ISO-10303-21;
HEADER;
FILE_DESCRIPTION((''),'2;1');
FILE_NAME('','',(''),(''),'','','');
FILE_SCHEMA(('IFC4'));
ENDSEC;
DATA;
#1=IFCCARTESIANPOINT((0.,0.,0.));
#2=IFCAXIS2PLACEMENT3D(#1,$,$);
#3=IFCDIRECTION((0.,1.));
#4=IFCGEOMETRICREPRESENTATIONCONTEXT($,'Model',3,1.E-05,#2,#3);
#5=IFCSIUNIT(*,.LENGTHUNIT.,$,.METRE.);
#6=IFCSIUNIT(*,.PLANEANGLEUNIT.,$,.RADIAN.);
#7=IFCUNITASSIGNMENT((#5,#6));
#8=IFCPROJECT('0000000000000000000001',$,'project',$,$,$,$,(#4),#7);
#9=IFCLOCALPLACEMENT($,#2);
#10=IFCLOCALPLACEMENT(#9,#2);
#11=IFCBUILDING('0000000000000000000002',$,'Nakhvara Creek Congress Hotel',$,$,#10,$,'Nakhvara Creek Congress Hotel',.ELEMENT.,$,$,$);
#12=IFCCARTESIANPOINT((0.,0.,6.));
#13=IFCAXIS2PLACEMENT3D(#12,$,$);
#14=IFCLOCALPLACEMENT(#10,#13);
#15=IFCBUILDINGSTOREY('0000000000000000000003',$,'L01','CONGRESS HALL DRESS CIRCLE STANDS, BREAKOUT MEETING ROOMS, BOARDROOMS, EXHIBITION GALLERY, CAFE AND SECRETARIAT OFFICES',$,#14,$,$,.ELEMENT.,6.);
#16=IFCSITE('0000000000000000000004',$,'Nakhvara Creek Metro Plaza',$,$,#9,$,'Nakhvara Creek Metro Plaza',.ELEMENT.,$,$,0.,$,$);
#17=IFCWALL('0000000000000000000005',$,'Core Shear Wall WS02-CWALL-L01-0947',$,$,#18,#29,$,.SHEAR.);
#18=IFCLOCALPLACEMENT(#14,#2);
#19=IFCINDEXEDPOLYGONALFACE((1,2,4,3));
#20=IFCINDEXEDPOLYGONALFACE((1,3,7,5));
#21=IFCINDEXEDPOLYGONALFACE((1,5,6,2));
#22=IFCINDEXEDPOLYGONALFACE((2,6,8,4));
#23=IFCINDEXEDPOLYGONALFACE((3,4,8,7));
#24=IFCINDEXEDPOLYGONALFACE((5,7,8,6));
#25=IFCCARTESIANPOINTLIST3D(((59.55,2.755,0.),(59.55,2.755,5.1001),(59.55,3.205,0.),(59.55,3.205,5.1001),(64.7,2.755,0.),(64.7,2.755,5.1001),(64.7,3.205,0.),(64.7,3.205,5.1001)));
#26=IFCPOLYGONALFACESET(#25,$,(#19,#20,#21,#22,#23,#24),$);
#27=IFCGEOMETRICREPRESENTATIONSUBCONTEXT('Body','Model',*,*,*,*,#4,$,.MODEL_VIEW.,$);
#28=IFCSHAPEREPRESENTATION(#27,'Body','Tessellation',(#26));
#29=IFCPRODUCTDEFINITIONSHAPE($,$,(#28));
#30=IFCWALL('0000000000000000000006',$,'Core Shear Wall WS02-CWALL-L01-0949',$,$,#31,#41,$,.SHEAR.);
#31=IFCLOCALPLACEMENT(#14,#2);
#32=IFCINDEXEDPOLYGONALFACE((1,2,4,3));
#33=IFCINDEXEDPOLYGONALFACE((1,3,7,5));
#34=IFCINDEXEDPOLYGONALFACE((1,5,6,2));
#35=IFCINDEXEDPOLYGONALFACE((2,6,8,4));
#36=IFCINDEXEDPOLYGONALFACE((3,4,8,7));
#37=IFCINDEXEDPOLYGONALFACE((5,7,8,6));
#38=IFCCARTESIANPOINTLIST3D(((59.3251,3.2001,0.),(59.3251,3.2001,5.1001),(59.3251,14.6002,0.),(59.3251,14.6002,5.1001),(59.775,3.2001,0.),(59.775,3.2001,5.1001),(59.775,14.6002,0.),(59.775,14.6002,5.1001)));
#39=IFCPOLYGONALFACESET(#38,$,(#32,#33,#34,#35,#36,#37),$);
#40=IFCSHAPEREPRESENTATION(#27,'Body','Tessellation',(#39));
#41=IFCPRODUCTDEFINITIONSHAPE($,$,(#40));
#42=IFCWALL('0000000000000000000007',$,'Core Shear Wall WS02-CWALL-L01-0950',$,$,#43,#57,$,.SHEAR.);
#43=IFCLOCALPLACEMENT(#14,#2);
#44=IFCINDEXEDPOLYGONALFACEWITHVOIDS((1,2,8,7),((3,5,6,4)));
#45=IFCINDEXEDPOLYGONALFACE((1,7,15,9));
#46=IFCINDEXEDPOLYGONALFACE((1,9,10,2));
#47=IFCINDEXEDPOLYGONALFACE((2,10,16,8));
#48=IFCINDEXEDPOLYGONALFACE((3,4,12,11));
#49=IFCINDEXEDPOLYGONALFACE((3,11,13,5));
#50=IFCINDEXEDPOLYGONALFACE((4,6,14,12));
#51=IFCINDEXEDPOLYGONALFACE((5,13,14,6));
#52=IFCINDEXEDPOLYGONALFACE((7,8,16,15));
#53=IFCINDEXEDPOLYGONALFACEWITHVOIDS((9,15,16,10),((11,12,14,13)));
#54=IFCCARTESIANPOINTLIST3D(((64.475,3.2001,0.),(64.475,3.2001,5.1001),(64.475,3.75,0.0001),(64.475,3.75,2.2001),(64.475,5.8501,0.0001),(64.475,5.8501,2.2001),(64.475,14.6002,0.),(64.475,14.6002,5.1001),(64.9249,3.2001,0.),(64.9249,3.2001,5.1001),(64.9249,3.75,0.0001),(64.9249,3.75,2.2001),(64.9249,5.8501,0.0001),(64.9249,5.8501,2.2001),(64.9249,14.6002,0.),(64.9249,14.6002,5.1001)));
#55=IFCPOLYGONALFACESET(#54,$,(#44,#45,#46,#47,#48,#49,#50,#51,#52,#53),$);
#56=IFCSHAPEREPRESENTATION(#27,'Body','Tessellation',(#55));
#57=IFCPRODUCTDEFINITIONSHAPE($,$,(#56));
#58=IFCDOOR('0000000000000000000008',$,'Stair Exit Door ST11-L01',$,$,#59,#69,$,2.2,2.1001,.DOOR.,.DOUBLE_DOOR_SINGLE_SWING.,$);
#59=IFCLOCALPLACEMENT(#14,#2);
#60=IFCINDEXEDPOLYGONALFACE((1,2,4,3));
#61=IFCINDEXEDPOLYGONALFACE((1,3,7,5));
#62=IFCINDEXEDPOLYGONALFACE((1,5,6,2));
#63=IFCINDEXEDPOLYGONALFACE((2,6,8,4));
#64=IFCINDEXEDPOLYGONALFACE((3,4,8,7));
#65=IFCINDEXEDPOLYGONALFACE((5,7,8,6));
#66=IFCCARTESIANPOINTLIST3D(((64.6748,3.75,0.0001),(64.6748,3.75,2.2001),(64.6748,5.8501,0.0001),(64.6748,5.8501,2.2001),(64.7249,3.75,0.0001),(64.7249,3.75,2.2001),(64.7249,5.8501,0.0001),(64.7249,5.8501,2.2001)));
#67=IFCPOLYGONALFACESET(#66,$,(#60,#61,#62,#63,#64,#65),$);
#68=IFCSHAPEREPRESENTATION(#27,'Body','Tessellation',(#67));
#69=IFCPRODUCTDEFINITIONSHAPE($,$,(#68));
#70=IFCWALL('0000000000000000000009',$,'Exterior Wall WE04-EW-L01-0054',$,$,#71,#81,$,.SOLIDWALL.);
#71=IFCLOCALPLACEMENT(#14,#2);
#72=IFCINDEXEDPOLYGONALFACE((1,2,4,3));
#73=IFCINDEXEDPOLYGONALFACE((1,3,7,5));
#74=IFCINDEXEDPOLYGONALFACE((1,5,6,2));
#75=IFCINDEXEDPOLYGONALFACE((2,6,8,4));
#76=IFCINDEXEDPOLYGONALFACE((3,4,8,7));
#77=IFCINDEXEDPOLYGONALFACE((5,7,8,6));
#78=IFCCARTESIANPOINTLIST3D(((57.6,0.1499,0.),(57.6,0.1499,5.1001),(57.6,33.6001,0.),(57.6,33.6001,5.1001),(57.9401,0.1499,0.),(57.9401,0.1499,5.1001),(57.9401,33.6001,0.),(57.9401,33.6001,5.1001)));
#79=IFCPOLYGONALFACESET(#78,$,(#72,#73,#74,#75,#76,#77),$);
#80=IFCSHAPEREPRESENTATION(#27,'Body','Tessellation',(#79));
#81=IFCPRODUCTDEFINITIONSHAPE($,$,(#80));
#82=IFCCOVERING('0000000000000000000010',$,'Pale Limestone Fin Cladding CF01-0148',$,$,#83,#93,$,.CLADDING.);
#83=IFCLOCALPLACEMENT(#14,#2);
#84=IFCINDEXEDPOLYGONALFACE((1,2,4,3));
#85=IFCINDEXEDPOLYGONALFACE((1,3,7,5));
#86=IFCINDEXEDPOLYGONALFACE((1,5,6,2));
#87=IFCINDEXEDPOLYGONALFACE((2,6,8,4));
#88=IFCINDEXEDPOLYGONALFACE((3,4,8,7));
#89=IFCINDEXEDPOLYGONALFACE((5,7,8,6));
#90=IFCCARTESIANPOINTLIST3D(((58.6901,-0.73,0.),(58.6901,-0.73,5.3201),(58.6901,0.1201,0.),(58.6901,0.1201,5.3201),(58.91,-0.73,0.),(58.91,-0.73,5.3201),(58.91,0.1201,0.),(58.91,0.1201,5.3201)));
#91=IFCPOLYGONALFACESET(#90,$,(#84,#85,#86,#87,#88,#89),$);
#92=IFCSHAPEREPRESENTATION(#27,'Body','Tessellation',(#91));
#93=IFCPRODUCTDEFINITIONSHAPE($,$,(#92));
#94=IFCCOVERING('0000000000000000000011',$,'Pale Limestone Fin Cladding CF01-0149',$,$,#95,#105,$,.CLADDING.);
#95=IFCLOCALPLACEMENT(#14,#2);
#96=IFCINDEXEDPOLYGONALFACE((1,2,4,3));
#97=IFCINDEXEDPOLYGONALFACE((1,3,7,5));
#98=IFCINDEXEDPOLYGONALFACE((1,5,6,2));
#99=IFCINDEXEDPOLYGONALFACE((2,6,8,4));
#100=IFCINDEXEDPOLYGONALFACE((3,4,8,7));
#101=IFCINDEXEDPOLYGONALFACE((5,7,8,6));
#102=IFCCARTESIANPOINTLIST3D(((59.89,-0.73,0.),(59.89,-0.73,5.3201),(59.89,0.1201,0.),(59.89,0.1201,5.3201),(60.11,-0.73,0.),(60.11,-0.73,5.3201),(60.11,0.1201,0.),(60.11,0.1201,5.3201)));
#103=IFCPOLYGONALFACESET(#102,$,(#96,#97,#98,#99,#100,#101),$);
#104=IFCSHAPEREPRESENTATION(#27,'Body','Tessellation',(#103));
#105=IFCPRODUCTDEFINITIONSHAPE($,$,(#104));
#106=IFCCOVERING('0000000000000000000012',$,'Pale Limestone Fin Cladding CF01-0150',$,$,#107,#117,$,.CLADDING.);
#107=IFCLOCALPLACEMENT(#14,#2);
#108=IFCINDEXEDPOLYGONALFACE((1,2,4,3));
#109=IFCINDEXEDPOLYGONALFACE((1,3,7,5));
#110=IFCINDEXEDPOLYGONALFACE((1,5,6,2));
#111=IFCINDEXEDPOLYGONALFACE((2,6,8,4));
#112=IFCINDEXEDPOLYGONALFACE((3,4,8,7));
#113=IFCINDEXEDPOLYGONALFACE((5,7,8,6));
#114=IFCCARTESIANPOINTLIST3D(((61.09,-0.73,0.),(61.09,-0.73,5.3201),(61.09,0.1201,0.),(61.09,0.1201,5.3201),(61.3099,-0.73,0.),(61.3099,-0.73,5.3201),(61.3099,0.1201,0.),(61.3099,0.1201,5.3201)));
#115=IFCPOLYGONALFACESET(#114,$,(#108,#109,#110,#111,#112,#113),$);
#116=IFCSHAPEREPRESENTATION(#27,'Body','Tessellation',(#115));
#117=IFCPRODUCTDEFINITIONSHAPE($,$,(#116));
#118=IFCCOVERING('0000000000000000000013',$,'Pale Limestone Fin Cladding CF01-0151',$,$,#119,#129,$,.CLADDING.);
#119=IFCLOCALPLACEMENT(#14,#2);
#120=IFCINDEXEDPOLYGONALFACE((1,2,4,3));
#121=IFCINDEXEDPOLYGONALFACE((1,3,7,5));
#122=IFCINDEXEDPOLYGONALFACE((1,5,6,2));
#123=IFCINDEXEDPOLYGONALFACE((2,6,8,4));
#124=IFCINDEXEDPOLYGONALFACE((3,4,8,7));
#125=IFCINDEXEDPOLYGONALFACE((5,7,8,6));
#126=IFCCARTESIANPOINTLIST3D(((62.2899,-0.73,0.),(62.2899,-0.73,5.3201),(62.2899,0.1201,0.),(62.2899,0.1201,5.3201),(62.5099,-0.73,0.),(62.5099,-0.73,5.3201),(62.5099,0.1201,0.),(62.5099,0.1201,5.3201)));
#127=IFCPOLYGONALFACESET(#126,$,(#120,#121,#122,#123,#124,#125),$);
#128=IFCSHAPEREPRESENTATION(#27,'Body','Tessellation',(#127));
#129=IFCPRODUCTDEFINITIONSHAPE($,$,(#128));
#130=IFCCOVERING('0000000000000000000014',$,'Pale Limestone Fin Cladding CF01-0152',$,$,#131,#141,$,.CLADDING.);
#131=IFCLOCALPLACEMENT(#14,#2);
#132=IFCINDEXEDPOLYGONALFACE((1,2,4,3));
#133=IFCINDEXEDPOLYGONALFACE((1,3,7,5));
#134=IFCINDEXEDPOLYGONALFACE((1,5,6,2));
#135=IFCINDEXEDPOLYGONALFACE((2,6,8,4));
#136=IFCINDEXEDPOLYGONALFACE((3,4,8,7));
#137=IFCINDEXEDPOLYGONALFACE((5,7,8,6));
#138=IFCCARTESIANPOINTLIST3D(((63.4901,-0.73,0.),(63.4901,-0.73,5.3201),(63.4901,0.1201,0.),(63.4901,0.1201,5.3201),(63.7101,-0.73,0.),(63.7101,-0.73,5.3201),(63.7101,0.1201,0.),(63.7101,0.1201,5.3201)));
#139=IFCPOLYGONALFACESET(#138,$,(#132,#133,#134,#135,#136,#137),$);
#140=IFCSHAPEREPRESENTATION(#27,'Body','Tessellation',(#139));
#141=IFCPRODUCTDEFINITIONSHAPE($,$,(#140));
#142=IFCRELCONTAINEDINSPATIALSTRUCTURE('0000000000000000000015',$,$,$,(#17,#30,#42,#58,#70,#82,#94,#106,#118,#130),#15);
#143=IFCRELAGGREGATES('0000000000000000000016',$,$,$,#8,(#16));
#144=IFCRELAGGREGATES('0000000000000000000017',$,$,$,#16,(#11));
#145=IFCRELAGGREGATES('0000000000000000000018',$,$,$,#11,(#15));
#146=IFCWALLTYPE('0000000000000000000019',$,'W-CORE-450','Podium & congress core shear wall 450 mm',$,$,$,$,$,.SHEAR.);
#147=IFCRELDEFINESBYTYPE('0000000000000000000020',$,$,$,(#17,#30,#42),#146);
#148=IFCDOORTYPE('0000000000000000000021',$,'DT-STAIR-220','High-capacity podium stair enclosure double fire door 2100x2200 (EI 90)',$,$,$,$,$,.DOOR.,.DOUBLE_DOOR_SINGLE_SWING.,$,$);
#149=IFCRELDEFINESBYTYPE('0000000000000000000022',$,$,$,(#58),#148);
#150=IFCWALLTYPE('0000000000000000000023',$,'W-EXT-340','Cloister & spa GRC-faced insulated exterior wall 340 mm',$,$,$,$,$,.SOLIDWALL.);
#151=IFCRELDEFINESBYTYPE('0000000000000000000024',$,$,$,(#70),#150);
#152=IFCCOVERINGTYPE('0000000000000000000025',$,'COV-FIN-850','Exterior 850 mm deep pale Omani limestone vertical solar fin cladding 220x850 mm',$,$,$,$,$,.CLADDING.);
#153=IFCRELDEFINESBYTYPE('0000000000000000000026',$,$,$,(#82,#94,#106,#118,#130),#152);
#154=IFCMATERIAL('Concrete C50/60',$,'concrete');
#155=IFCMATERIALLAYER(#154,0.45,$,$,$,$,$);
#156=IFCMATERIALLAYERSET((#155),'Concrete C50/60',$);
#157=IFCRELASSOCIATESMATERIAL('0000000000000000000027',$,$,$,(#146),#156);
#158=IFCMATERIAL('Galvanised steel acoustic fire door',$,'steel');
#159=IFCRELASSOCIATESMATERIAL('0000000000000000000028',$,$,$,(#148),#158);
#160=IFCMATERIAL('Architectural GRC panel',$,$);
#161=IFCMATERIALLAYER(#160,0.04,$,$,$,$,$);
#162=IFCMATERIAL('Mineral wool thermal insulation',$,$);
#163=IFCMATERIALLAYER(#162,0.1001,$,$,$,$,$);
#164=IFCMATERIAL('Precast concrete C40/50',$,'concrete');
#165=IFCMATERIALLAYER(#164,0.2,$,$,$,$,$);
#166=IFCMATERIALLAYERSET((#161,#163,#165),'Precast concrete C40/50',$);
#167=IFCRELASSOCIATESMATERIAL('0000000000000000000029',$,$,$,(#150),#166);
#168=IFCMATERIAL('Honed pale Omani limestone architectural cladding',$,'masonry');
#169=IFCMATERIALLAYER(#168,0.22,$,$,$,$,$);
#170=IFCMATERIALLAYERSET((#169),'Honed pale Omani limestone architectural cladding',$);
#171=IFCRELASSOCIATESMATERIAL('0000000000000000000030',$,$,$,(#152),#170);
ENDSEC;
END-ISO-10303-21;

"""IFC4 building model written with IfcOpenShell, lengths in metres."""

from ifc_helpers import new_model, si_unit, direction, frame, frame_2d, origin, origin_2d, place, context, subcontext, project, spatial, rectangle, extrude, material, layer, layer_set, type_object, element, fill, save


model = new_model("IFC4")

# Units and contexts
model_context = context("Model", 3, precision=1e-05, world=origin(), true_north=direction((0.0, 1.0)))
body_context = subcontext(model_context, "Body", "Model", "MODEL_VIEW")
ifc_project = project(units=[si_unit("LENGTHUNIT", "METRE"), si_unit("PLANEANGLEUNIT", "RADIAN")], contexts=[model_context])

# Site, building, storey
site_placement = place(None, origin())
site = spatial("IfcSite", under=ifc_project, at=site_placement, Name="Nakhvara Creek Metro Plaza", LongName="Nakhvara Creek Metro Plaza", CompositionType="ELEMENT", RefElevation=0.0)
building_placement = place(site_placement, origin())
building = spatial("IfcBuilding", under=site, at=building_placement, Name="Nakhvara Creek Congress Hotel", LongName="Nakhvara Creek Congress Hotel", CompositionType="ELEMENT")
storey_placement = place(building_placement, frame((0.0, 0.0, 6.0)))
storey = spatial("IfcBuildingStorey", under=building, at=storey_placement, Name="L01", Description="CONGRESS HALL DRESS CIRCLE STANDS, BREAKOUT MEETING ROOMS, BOARDROOMS, EXHIBITION GALLERY, CAFE AND SECRETARIAT OFFICES", CompositionType="ELEMENT", Elevation=6.0)

# Walls
ifc_material_1 = material(Name="Concrete C50/60", Category="concrete")
ifc_layer_1 = layer(ifc_material_1, 0.45)
ifc_layer_set_1 = layer_set([ifc_layer_1], Name="Concrete C50/60")
wall_type_1 = type_object("IfcWallType", Name="W-CORE-450", Description="Podium & congress core shear wall 450 mm", PredefinedType="SHEAR", material=ifc_layer_set_1)
wall_1_placement = place(storey_placement, frame((59.55, 2.98, 0.0), z_axis=(0.0, 0.0, 1.0), x_axis=(1.0, 0.0, 0.0)))
element("IfcWall", 1, at=wall_1_placement, inside=storey, type_object=wall_type_1, Name="Core Shear Wall WS02-CWALL-L01-0947", PredefinedType="SHEAR", context=body_context, shape_type="SweptSolid", body=[
    extrude(rectangle(XDim=5.1499, YDim=0.45, at=frame_2d((2.575, 0.0))), origin(), (0.0, 0.0, 1.0), 5.1001),
])
wall_2_placement = place(storey_placement, frame((59.55, 3.2, 0.0), z_axis=(0.0, 0.0, 1.0), x_axis=(0.0, 1.0, 0.0)))
element("IfcWall", 2, at=wall_2_placement, inside=storey, type_object=wall_type_1, Name="Core Shear Wall WS02-CWALL-L01-0949", PredefinedType="SHEAR", context=body_context, shape_type="SweptSolid", body=[
    extrude(rectangle(XDim=11.4001, YDim=0.45, at=frame_2d((5.7002, 0.0))), origin(), (0.0, 0.0, 1.0), 5.1001),
])

# Wall, opening, door
wall_3_placement = place(storey_placement, frame((64.7, 3.2, 0.0), z_axis=(0.0, 0.0, 1.0), x_axis=(0.0, 1.0, 0.0)))
wall_3 = element("IfcWall", 3, at=wall_3_placement, inside=storey, type_object=wall_type_1, Name="Core Shear Wall WS02-CWALL-L01-0950", PredefinedType="SHEAR", context=body_context, shape_type="SweptSolid", body=[
    extrude(rectangle(XDim=11.4001, YDim=0.45, at=frame_2d((5.7002, 0.0))), origin(), (0.0, 0.0, 1.0), 5.1001),
])
opening_placement = place(wall_3_placement, frame((0.55, 0.0, 0.0)))
opening = element("IfcOpeningElement", 4, at=opening_placement, cuts=wall_3, PredefinedType="OPENING", context=body_context, shape_type="SweptSolid", body=[
    extrude(rectangle(XDim=2.1001, YDim=2.2, at=frame_2d((1.05, 1.1001))), frame((0.0, 0.2368, 0.0), z_axis=(0.0, -1.0, 0.0), x_axis=(1.0, 0.0, 0.0)), (0.0, 0.0, 1.0), 0.4739),
])
ifc_material_2 = material(Name="Galvanised steel acoustic fire door", Category="steel")
door_type = type_object("IfcDoorType", Name="DT-STAIR-220", Description="High-capacity podium stair enclosure double fire door 2100x2200 (EI 90)", OperationType="DOUBLE_DOOR_SINGLE_SWING", PredefinedType="DOOR", material=ifc_material_2)
door_placement = place(opening_placement, frame((2.1001, 0.0, 0.0), z_axis=(0.0, 0.0, 1.0), x_axis=(-1.0, 0.0, 0.0)))
door = element("IfcDoor", 5, at=door_placement, inside=storey, type_object=door_type, Name="Stair Exit Door ST11-L01", OperationType="DOUBLE_DOOR_SINGLE_SWING", OverallHeight=2.2, OverallWidth=2.1001, PredefinedType="DOOR", context=body_context, shape_type="SweptSolid", body=[
    extrude(rectangle(XDim=2.1001, YDim=2.2, at=frame_2d((1.05, 1.1001))), frame((0.0, 0.0249, 0.0), z_axis=(0.0, -1.0, 0.0), x_axis=(1.0, 0.0, 0.0)), (0.0, 0.0, 1.0), 0.05),
])
fill(opening, door)

# Wall
ifc_material_3 = material(Name="Architectural GRC panel")
ifc_layer_2 = layer(ifc_material_3, 0.04)
ifc_material_4 = material(Name="Mineral wool thermal insulation")
ifc_layer_3 = layer(ifc_material_4, 0.1001)
ifc_material_5 = material(Name="Precast concrete C40/50", Category="concrete")
ifc_layer_4 = layer(ifc_material_5, 0.2)
ifc_layer_set_2 = layer_set([ifc_layer_2, ifc_layer_3, ifc_layer_4], Name="Precast concrete C40/50")
wall_type_2 = type_object("IfcWallType", Name="W-EXT-340", Description="Cloister & spa GRC-faced insulated exterior wall 340 mm", PredefinedType="SOLIDWALL", material=ifc_layer_set_2)
wall_4_placement = place(storey_placement, frame((57.77, 0.1499, 0.0), z_axis=(0.0, 0.0, 1.0), x_axis=(0.0, 1.0, 0.0)))
element("IfcWall", 6, at=wall_4_placement, inside=storey, type_object=wall_type_2, Name="Exterior Wall WE04-EW-L01-0054", PredefinedType="SOLIDWALL", context=body_context, shape_type="SweptSolid", body=[
    extrude(rectangle(XDim=33.4502, YDim=0.3401, at=frame_2d((16.7251, 0.0))), origin(), (0.0, 0.0, 1.0), 5.1001),
])

# Coverings
ifc_material_6 = material(Name="Honed pale Omani limestone architectural cladding", Category="masonry")
ifc_layer_5 = layer(ifc_material_6, 0.22)
ifc_layer_set_3 = layer_set([ifc_layer_5], Name="Honed pale Omani limestone architectural cladding")
covering_type = type_object("IfcCoveringType", Name="COV-FIN-850", Description="Exterior 850 mm deep pale Omani limestone vertical solar fin cladding 220x850 mm", PredefinedType="CLADDING", material=ifc_layer_set_3)
for number, where, z_axis, x_axis, name in (
    (7, (58.8, -0.3049, 0.0), (0.0, 0.0, 1.0), (1.0, 0.0, 0.0), "Pale Limestone Fin Cladding CF01-0148"),
    (8, (60.0, -0.3049, 0.0), (0.0, 0.0, 1.0), (1.0, 0.0, 0.0), "Pale Limestone Fin Cladding CF01-0149"),
    (9, (61.2, -0.3049, 0.0), (0.0, 0.0, 1.0), (1.0, 0.0, 0.0), "Pale Limestone Fin Cladding CF01-0150"),
    (10, (62.3999, -0.3049, 0.0), (0.0, 0.0, 1.0), (1.0, 0.0, 0.0), "Pale Limestone Fin Cladding CF01-0151"),
    (11, (63.6001, -0.3049, 0.0), (0.0, 0.0, 1.0), (1.0, 0.0, 0.0), "Pale Limestone Fin Cladding CF01-0152"),
):
    element("IfcCovering", number, at=place(storey_placement, frame(where, z_axis=z_axis, x_axis=x_axis)), inside=storey, type_object=covering_type, Name=name, PredefinedType="CLADDING", context=body_context, shape_type="SweptSolid", body=[
        extrude(rectangle(XDim=0.22, YDim=0.8501, at=origin_2d()), origin(), (0.0, 0.0, 1.0), 5.3201),
    ])

save(model, "model.ifc")
